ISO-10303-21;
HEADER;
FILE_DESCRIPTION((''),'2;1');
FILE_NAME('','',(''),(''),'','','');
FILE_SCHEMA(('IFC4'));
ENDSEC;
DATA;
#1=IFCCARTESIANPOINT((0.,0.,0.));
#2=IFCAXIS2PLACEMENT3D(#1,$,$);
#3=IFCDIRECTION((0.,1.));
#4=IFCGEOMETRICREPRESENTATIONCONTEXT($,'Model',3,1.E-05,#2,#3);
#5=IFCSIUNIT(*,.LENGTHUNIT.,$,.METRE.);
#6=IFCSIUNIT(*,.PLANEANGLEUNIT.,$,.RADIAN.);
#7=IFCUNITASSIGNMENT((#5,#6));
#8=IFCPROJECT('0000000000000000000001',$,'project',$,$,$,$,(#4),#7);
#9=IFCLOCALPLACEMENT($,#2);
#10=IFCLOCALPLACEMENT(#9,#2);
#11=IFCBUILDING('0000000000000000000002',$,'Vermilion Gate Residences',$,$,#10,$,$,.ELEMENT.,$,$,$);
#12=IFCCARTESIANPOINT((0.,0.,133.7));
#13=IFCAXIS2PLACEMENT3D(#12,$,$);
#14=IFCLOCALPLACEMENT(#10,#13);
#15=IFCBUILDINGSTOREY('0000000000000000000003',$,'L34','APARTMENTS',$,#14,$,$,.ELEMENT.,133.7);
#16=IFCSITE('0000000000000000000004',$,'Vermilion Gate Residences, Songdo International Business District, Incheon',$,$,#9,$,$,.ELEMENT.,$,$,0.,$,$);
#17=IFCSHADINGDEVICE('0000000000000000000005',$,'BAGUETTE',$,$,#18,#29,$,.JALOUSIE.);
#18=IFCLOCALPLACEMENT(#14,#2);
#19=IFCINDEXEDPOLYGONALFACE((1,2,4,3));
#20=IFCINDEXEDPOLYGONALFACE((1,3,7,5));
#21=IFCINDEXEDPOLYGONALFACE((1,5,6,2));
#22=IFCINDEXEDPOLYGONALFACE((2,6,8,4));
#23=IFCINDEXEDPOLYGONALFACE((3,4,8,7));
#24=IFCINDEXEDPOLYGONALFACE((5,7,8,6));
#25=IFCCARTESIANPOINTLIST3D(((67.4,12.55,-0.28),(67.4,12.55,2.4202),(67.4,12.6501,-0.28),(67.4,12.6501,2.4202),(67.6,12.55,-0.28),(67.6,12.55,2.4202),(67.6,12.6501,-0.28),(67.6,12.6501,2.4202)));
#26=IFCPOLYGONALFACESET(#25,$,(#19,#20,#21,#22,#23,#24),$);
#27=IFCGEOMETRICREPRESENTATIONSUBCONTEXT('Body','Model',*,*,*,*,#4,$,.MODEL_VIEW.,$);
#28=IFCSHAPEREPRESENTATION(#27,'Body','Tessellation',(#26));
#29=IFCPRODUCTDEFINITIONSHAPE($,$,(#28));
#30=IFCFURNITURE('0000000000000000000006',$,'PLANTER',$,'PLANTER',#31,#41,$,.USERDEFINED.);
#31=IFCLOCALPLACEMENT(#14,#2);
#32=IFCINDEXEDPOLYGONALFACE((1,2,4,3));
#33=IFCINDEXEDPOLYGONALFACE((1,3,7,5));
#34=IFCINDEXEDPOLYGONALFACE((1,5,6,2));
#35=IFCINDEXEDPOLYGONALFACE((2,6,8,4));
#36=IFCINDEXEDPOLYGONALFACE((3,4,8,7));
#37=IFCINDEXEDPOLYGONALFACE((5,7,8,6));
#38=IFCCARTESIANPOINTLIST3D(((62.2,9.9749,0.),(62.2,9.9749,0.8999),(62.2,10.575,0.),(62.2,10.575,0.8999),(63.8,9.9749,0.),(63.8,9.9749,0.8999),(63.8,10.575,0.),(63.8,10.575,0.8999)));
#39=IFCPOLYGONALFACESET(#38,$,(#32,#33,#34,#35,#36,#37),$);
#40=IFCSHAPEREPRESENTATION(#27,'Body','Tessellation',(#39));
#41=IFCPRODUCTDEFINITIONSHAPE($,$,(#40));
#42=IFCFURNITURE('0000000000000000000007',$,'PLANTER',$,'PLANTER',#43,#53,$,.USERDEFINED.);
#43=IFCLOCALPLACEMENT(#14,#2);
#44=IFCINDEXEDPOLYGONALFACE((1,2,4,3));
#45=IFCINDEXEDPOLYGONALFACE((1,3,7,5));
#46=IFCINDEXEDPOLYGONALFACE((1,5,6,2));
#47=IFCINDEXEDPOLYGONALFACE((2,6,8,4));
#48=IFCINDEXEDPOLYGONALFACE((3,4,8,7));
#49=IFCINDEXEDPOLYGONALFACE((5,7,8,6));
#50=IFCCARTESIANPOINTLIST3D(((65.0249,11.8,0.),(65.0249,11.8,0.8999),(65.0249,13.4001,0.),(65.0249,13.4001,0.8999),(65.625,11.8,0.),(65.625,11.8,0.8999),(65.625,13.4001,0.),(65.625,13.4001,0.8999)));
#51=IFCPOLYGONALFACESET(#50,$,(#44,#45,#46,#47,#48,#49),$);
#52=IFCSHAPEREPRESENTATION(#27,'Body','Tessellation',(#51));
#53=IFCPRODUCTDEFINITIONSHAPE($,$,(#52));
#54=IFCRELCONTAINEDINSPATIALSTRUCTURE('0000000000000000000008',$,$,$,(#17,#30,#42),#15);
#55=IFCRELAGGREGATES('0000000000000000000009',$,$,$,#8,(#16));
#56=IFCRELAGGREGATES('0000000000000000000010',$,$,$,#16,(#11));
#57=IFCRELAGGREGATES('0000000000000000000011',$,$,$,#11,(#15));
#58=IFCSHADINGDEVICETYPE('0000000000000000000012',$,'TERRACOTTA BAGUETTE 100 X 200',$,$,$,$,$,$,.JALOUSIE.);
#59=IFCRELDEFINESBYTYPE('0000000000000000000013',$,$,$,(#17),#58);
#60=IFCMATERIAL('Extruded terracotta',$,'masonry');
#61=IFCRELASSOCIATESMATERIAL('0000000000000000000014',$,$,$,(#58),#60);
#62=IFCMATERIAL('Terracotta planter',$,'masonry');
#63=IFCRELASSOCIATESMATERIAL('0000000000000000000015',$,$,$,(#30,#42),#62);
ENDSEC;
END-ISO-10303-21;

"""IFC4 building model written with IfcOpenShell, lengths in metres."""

from ifc_helpers import new_model, si_unit, direction, frame, origin, origin_2d, place, context, subcontext, project, spatial, rectangle, extrude, material, material_profile, profile_set, type_object, element, save


model = new_model("IFC4")

# Units and contexts
model_context = context("Model", 3, precision=1e-05, world=origin(), true_north=direction((0.0, 1.0)))
body_context = subcontext(model_context, "Body", "Model", "MODEL_VIEW")
ifc_project = project(units=[si_unit("LENGTHUNIT", "METRE"), si_unit("PLANEANGLEUNIT", "RADIAN")], contexts=[model_context])

# Site, building, storey
site_placement = place(None, origin())
site = spatial("IfcSite", under=ifc_project, at=site_placement, Name="Vermilion Gate Residences, Songdo International Business District, Incheon", CompositionType="ELEMENT", RefElevation=0.0)
building_placement = place(site_placement, origin())
building = spatial("IfcBuilding", under=site, at=building_placement, Name="Vermilion Gate Residences", CompositionType="ELEMENT")
storey_placement = place(building_placement, frame((0.0, 0.0, 133.7)))
storey = spatial("IfcBuildingStorey", under=building, at=storey_placement, Name="L34", Description="APARTMENTS", CompositionType="ELEMENT", Elevation=133.7)

# Shading device
ifc_material_1 = material(Name="Extruded terracotta", Category="masonry")
ifc_material_profile_1 = material_profile(ifc_material_1, rectangle(XDim=0.2, YDim=0.1001, at=origin_2d()), Name="BAGUETTE 100 X 200")
ifc_profile_set_1 = profile_set([ifc_material_profile_1], Name="Extruded terracotta")
shading_device_type_1 = type_object("IfcShadingDeviceType", Name="TERRACOTTA BAGUETTE 100 X 200", PredefinedType="JALOUSIE", material=ifc_profile_set_1)
for number, where, z_axis, x_axis, name in (
    (1, (67.5, 12.6001, -0.28), (0.0, 0.0, 1.0), (-1.0, 0.0, 0.0), "BAGUETTE"),
):
    element("IfcShadingDevice", number, at=place(storey_placement, frame(where, z_axis=z_axis, x_axis=x_axis)), inside=storey, type_object=shading_device_type_1, Name=name, PredefinedType="JALOUSIE", context=body_context, shape_type="SweptSolid", body=[
        extrude(rectangle(XDim=0.2, YDim=0.1001, at=origin_2d()), origin(), (0.0, 0.0, 1.0), 2.7002),
    ])

# Furniture
ifc_material_2 = material(Name="Terracotta planter", Category="masonry")
for number, where, z_axis, x_axis, name in (
    (2, (63.0, 10.2749, 0.0), (0.0, 0.0, 1.0), (1.0, 0.0, 0.0), "PLANTER"),
    (3, (65.325, 12.6001, 0.0), (0.0, 0.0, 1.0), (0.0, 1.0, 0.0), "PLANTER"),
):
    element("IfcFurniture", number, at=place(storey_placement, frame(where, z_axis=z_axis, x_axis=x_axis)), inside=storey, material=ifc_material_2, Name=name, ObjectType="PLANTER", PredefinedType="USERDEFINED", context=body_context, shape_type="SweptSolid", body=[
        extrude(rectangle(XDim=1.6001, YDim=0.6001, at=origin_2d()), origin(), (0.0, 0.0, 1.0), 0.8999),
    ])

save(model, "model.ifc")
